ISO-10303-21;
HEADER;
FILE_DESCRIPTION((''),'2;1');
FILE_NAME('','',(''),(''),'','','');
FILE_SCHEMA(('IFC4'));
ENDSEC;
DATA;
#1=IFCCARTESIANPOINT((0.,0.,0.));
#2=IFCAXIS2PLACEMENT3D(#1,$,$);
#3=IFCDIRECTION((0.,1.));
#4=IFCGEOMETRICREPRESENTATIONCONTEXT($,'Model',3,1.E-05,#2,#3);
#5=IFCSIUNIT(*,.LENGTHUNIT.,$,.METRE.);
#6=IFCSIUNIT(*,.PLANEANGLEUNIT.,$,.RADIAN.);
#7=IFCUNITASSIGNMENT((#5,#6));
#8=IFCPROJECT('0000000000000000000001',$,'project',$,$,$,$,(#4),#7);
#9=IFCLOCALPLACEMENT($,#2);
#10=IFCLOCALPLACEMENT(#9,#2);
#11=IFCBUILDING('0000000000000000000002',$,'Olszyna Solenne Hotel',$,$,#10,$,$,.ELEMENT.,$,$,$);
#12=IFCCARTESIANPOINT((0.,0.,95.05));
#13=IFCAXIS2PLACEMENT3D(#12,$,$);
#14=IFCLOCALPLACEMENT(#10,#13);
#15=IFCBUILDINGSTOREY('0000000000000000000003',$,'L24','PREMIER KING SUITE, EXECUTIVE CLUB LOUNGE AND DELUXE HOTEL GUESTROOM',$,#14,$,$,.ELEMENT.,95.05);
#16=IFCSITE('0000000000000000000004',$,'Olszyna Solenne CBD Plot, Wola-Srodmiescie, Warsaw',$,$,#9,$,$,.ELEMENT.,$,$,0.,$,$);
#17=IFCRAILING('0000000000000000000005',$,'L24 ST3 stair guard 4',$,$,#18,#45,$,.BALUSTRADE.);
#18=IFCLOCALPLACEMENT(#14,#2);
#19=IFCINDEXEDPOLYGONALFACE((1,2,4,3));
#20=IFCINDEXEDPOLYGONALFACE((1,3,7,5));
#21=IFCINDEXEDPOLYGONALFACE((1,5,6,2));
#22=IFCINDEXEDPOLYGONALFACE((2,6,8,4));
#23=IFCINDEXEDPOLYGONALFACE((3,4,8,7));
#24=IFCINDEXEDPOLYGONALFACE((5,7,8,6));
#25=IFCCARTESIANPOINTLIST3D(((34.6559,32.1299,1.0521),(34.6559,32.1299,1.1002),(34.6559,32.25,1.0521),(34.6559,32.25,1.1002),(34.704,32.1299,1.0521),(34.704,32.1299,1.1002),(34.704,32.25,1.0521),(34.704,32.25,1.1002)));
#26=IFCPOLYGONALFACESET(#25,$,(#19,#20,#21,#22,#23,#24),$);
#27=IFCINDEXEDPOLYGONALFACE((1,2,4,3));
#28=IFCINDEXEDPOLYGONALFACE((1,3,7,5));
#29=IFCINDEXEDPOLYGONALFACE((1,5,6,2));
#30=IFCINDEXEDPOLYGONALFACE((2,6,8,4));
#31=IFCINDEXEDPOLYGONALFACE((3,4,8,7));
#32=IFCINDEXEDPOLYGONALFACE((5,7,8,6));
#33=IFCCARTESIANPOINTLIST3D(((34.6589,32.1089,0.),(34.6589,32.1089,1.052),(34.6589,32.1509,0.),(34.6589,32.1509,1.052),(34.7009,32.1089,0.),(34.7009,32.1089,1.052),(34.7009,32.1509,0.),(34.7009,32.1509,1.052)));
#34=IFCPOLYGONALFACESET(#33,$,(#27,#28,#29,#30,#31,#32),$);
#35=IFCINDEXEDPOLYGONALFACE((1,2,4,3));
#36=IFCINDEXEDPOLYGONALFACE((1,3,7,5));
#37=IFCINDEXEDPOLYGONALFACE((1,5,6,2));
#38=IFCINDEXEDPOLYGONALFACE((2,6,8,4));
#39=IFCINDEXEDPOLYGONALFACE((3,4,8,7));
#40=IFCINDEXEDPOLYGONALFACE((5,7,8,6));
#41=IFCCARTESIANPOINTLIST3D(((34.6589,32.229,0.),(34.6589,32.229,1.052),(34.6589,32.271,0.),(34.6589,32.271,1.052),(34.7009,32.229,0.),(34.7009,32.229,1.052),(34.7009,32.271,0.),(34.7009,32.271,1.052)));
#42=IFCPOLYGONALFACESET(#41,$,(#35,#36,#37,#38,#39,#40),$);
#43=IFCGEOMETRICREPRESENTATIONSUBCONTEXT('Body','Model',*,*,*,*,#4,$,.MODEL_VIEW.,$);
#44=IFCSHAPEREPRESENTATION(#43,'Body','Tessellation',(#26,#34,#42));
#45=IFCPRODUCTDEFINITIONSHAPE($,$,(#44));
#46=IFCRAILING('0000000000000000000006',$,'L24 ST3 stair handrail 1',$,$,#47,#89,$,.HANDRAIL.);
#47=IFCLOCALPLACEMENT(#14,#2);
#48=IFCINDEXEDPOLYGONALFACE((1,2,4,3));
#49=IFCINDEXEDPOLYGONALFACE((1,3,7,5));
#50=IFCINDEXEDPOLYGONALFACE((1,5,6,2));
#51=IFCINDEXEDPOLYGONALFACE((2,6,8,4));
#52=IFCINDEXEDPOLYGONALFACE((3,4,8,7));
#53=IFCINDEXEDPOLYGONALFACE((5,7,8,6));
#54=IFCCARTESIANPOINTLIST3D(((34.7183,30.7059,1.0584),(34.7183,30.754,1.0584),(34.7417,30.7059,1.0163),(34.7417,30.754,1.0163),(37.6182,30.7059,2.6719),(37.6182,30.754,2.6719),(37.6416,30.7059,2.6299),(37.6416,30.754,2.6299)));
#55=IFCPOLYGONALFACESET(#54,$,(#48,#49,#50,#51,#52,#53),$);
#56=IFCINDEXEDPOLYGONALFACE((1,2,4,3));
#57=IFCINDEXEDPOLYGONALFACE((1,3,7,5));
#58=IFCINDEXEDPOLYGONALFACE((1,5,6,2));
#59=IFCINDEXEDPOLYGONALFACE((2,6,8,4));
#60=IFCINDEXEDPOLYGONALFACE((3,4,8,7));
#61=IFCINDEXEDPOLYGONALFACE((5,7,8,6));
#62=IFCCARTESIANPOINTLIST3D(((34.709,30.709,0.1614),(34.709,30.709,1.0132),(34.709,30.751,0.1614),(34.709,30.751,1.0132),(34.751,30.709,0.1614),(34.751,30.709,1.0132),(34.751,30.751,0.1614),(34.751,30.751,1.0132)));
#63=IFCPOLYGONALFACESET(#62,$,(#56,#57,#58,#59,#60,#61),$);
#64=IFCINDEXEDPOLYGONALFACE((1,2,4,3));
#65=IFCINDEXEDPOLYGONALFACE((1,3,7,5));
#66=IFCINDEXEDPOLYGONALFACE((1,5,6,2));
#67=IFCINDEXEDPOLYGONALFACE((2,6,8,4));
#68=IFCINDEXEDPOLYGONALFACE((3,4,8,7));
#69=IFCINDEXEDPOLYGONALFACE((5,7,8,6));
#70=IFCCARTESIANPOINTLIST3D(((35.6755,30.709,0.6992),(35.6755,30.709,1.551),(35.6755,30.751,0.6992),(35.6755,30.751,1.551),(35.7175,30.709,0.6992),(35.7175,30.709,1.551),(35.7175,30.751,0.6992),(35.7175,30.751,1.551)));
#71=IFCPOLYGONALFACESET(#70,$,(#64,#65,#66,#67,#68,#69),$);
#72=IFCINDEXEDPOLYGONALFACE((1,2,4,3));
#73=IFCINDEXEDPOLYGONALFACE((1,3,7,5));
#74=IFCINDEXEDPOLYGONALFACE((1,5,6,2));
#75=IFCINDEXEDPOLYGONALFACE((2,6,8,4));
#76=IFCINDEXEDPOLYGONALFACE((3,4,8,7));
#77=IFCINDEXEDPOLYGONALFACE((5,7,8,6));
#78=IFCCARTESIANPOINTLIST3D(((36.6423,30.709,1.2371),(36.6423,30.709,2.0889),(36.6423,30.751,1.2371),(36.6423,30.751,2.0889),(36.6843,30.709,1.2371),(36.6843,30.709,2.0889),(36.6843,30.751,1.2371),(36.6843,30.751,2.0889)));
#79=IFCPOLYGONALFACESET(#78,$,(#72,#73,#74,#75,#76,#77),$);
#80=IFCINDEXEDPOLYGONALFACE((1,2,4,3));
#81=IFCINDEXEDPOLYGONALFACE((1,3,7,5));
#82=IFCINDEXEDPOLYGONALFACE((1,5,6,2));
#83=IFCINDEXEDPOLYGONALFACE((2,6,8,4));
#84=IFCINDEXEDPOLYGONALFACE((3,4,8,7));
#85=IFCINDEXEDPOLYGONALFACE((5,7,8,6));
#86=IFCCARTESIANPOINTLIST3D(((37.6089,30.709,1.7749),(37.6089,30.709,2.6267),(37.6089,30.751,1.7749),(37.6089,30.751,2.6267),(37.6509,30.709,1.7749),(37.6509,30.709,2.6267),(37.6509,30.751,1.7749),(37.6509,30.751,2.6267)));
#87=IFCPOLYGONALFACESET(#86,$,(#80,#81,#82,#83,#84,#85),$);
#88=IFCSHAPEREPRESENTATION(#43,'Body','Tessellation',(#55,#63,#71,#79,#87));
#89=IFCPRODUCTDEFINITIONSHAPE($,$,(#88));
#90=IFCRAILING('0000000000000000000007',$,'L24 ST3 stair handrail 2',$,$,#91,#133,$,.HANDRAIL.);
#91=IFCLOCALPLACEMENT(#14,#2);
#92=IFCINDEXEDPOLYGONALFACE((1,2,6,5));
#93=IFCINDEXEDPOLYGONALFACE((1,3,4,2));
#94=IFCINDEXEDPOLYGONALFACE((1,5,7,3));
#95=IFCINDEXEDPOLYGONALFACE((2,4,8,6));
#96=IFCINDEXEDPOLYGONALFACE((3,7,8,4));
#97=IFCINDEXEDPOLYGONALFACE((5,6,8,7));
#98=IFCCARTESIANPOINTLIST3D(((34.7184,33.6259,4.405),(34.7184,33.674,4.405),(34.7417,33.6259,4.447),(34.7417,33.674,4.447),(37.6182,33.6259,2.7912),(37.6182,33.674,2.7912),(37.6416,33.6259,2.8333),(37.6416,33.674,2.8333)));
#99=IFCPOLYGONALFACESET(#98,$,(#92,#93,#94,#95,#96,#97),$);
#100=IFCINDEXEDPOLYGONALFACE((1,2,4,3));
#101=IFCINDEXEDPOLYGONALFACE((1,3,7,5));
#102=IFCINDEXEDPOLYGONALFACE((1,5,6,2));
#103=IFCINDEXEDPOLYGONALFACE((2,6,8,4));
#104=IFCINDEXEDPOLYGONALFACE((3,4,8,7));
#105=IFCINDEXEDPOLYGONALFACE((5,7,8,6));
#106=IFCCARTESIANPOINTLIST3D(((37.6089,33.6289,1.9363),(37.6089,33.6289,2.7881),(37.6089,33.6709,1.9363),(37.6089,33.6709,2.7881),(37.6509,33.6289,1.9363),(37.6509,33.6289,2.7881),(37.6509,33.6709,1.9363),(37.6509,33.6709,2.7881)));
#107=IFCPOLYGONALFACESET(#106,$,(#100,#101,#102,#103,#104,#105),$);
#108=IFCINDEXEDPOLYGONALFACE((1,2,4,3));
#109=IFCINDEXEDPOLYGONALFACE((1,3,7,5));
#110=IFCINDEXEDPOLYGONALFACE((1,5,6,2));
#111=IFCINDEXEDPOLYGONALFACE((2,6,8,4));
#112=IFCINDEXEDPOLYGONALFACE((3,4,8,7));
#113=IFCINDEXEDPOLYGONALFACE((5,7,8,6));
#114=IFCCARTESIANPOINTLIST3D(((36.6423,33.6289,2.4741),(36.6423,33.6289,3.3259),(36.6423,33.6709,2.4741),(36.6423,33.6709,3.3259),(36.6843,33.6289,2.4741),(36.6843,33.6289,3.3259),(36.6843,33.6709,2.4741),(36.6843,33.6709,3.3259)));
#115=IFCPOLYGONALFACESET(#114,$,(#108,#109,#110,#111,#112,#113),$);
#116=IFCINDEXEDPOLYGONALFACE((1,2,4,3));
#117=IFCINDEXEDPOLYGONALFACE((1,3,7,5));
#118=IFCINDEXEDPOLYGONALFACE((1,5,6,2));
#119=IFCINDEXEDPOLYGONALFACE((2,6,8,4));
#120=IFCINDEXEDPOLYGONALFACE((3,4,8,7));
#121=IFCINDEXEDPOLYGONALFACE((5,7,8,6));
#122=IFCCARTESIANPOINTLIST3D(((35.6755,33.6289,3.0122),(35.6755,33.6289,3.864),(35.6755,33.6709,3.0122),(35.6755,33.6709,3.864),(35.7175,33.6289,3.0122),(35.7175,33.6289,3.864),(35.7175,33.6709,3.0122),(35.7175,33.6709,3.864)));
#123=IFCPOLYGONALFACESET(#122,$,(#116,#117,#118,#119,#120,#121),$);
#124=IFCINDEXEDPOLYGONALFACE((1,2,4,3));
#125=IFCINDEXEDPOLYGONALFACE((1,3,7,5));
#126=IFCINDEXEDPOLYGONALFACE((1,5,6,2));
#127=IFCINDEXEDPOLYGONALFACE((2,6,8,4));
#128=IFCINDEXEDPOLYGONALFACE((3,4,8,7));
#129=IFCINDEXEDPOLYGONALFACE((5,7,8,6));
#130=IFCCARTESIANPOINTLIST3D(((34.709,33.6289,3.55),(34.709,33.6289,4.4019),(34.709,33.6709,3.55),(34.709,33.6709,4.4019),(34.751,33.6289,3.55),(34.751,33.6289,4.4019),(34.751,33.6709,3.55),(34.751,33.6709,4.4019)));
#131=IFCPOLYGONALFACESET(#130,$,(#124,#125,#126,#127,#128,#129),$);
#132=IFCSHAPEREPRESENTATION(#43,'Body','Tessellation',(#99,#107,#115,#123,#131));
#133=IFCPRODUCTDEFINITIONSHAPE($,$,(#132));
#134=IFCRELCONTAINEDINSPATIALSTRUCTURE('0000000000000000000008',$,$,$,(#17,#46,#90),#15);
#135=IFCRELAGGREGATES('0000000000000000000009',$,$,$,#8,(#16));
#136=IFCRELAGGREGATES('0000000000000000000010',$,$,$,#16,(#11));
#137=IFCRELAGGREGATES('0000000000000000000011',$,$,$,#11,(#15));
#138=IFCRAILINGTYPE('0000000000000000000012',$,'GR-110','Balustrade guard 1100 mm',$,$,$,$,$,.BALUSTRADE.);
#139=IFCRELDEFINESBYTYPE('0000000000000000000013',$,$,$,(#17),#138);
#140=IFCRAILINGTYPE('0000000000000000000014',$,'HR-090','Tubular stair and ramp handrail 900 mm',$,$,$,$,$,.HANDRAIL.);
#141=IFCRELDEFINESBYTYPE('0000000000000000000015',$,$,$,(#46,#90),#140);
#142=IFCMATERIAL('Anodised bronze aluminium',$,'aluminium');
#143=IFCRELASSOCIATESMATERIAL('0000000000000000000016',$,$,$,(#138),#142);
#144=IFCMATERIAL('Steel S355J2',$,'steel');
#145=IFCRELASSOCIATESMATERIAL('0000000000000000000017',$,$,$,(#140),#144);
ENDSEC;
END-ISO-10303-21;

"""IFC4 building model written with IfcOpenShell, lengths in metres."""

from ifc_helpers import new_model, si_unit, direction, frame, origin, origin_2d, place, context, subcontext, project, spatial, rectangle, extrude, material, type_object, element, save


model = new_model("IFC4")

# Units and contexts
model_context = context("Model", 3, precision=1e-05, world=origin(), true_north=direction((0.0, 1.0)))
body_context = subcontext(model_context, "Body", "Model", "MODEL_VIEW")
ifc_project = project(units=[si_unit("LENGTHUNIT", "METRE"), si_unit("PLANEANGLEUNIT", "RADIAN")], contexts=[model_context])

# Site, building, storey
site_placement = place(None, origin())
site = spatial("IfcSite", under=ifc_project, at=site_placement, Name="Olszyna Solenne CBD Plot, Wola-Srodmiescie, Warsaw", CompositionType="ELEMENT", RefElevation=0.0)
building_placement = place(site_placement, origin())
building = spatial("IfcBuilding", under=site, at=building_placement, Name="Olszyna Solenne Hotel", CompositionType="ELEMENT")
storey_placement = place(building_placement, frame((0.0, 0.0, 95.05)))
storey = spatial("IfcBuildingStorey", under=building, at=storey_placement, Name="L24", Description="PREMIER KING SUITE, EXECUTIVE CLUB LOUNGE AND DELUXE HOTEL GUESTROOM", CompositionType="ELEMENT", Elevation=95.05)

# Shared definitions
ifc_material_1 = material(Name="Anodised bronze aluminium", Category="aluminium")

# Shared definitions
ifc_material_2 = material(Name="Steel S355J2", Category="steel")

# Railings
railing_type_1 = type_object("IfcRailingType", Name="GR-110", Description="Balustrade guard 1100 mm", PredefinedType="BALUSTRADE", material=ifc_material_1)
railing_1_placement = place(storey_placement, frame((34.6799, 32.1299, 0.0)))
element("IfcRailing", 1, at=railing_1_placement, inside=storey, type_object=railing_type_1, Name="L24 ST3 stair guard 4", PredefinedType="BALUSTRADE", context=body_context, shape_type="SweptSolid", body=[
    extrude(rectangle(XDim=0.0481, YDim=0.0481, at=origin_2d()), frame((0.0, 0.0, 1.0762), z_axis=(0.0, 1.0, 0.0), x_axis=(-1.0, 0.0, 0.0)), (0.0, 0.0, 1.0), 0.1201),
    extrude(rectangle(XDim=0.042, YDim=0.042, at=origin_2d()), origin(), (0.0, 0.0, 1.0), 1.052),
    extrude(rectangle(XDim=0.042, YDim=0.042, at=origin_2d()), frame((0.0, 0.1201, 0.0)), (0.0, 0.0, 1.0), 1.052),
])
railing_type_2 = type_object("IfcRailingType", Name="HR-090", Description="Tubular stair and ramp handrail 900 mm", PredefinedType="HANDRAIL", material=ifc_material_2)
railing_2_placement = place(storey_placement, frame((34.73, 30.73, 0.1614)))
element("IfcRailing", 2, at=railing_2_placement, inside=storey, type_object=railing_type_2, Name="L24 ST3 stair handrail 1", PredefinedType="HANDRAIL", context=body_context, shape_type="SweptSolid", body=[
    extrude(rectangle(XDim=0.0481, YDim=0.0481, at=origin_2d()), frame((0.0, 0.0, 0.876), z_axis=(0.873841, 0.0, 0.486211), x_axis=(0.0, 1.0, 0.0)), (0.0, 0.0, 1.0), 3.3186),
    extrude(rectangle(XDim=0.042, YDim=0.042, at=origin_2d()), origin(), (0.0, 0.0, 1.0), 0.8518),
    extrude(rectangle(XDim=0.042, YDim=0.042, at=origin_2d()), frame((0.9666, 0.0, 0.5378)), (0.0, 0.0, 1.0), 0.8518),
    extrude(rectangle(XDim=0.042, YDim=0.042, at=origin_2d()), frame((1.9333, 0.0, 1.0757)), (0.0, 0.0, 1.0), 0.8518),
    extrude(rectangle(XDim=0.042, YDim=0.042, at=origin_2d()), frame((2.8999, 0.0, 1.6135)), (0.0, 0.0, 1.0), 0.8518),
])
railing_3_placement = place(storey_placement, frame((37.6299, 33.6499, 1.9363)))
element("IfcRailing", 3, at=railing_3_placement, inside=storey, type_object=railing_type_2, Name="L24 ST3 stair handrail 2", PredefinedType="HANDRAIL", context=body_context, shape_type="SweptSolid", body=[
    extrude(rectangle(XDim=0.0481, YDim=0.0481, at=origin_2d()), frame((0.0, 0.0, 0.876), z_axis=(-0.87381, 0.0, 0.486267), x_axis=(0.0, -1.0, 0.0)), (0.0, 0.0, 1.0), 3.3186),
    extrude(rectangle(XDim=0.042, YDim=0.042, at=origin_2d()), origin(), (0.0, 0.0, 1.0), 0.8518),
    extrude(rectangle(XDim=0.042, YDim=0.042, at=origin_2d()), frame((-0.9666, 0.0, 0.5378)), (0.0, 0.0, 1.0), 0.8518),
    extrude(rectangle(XDim=0.042, YDim=0.042, at=origin_2d()), frame((-1.9333, 0.0, 1.0759)), (0.0, 0.0, 1.0), 0.8518),
    extrude(rectangle(XDim=0.042, YDim=0.042, at=origin_2d()), frame((-2.8999, 0.0, 1.6138)), (0.0, 0.0, 1.0), 0.8518),
])

save(model, "model.ifc")
